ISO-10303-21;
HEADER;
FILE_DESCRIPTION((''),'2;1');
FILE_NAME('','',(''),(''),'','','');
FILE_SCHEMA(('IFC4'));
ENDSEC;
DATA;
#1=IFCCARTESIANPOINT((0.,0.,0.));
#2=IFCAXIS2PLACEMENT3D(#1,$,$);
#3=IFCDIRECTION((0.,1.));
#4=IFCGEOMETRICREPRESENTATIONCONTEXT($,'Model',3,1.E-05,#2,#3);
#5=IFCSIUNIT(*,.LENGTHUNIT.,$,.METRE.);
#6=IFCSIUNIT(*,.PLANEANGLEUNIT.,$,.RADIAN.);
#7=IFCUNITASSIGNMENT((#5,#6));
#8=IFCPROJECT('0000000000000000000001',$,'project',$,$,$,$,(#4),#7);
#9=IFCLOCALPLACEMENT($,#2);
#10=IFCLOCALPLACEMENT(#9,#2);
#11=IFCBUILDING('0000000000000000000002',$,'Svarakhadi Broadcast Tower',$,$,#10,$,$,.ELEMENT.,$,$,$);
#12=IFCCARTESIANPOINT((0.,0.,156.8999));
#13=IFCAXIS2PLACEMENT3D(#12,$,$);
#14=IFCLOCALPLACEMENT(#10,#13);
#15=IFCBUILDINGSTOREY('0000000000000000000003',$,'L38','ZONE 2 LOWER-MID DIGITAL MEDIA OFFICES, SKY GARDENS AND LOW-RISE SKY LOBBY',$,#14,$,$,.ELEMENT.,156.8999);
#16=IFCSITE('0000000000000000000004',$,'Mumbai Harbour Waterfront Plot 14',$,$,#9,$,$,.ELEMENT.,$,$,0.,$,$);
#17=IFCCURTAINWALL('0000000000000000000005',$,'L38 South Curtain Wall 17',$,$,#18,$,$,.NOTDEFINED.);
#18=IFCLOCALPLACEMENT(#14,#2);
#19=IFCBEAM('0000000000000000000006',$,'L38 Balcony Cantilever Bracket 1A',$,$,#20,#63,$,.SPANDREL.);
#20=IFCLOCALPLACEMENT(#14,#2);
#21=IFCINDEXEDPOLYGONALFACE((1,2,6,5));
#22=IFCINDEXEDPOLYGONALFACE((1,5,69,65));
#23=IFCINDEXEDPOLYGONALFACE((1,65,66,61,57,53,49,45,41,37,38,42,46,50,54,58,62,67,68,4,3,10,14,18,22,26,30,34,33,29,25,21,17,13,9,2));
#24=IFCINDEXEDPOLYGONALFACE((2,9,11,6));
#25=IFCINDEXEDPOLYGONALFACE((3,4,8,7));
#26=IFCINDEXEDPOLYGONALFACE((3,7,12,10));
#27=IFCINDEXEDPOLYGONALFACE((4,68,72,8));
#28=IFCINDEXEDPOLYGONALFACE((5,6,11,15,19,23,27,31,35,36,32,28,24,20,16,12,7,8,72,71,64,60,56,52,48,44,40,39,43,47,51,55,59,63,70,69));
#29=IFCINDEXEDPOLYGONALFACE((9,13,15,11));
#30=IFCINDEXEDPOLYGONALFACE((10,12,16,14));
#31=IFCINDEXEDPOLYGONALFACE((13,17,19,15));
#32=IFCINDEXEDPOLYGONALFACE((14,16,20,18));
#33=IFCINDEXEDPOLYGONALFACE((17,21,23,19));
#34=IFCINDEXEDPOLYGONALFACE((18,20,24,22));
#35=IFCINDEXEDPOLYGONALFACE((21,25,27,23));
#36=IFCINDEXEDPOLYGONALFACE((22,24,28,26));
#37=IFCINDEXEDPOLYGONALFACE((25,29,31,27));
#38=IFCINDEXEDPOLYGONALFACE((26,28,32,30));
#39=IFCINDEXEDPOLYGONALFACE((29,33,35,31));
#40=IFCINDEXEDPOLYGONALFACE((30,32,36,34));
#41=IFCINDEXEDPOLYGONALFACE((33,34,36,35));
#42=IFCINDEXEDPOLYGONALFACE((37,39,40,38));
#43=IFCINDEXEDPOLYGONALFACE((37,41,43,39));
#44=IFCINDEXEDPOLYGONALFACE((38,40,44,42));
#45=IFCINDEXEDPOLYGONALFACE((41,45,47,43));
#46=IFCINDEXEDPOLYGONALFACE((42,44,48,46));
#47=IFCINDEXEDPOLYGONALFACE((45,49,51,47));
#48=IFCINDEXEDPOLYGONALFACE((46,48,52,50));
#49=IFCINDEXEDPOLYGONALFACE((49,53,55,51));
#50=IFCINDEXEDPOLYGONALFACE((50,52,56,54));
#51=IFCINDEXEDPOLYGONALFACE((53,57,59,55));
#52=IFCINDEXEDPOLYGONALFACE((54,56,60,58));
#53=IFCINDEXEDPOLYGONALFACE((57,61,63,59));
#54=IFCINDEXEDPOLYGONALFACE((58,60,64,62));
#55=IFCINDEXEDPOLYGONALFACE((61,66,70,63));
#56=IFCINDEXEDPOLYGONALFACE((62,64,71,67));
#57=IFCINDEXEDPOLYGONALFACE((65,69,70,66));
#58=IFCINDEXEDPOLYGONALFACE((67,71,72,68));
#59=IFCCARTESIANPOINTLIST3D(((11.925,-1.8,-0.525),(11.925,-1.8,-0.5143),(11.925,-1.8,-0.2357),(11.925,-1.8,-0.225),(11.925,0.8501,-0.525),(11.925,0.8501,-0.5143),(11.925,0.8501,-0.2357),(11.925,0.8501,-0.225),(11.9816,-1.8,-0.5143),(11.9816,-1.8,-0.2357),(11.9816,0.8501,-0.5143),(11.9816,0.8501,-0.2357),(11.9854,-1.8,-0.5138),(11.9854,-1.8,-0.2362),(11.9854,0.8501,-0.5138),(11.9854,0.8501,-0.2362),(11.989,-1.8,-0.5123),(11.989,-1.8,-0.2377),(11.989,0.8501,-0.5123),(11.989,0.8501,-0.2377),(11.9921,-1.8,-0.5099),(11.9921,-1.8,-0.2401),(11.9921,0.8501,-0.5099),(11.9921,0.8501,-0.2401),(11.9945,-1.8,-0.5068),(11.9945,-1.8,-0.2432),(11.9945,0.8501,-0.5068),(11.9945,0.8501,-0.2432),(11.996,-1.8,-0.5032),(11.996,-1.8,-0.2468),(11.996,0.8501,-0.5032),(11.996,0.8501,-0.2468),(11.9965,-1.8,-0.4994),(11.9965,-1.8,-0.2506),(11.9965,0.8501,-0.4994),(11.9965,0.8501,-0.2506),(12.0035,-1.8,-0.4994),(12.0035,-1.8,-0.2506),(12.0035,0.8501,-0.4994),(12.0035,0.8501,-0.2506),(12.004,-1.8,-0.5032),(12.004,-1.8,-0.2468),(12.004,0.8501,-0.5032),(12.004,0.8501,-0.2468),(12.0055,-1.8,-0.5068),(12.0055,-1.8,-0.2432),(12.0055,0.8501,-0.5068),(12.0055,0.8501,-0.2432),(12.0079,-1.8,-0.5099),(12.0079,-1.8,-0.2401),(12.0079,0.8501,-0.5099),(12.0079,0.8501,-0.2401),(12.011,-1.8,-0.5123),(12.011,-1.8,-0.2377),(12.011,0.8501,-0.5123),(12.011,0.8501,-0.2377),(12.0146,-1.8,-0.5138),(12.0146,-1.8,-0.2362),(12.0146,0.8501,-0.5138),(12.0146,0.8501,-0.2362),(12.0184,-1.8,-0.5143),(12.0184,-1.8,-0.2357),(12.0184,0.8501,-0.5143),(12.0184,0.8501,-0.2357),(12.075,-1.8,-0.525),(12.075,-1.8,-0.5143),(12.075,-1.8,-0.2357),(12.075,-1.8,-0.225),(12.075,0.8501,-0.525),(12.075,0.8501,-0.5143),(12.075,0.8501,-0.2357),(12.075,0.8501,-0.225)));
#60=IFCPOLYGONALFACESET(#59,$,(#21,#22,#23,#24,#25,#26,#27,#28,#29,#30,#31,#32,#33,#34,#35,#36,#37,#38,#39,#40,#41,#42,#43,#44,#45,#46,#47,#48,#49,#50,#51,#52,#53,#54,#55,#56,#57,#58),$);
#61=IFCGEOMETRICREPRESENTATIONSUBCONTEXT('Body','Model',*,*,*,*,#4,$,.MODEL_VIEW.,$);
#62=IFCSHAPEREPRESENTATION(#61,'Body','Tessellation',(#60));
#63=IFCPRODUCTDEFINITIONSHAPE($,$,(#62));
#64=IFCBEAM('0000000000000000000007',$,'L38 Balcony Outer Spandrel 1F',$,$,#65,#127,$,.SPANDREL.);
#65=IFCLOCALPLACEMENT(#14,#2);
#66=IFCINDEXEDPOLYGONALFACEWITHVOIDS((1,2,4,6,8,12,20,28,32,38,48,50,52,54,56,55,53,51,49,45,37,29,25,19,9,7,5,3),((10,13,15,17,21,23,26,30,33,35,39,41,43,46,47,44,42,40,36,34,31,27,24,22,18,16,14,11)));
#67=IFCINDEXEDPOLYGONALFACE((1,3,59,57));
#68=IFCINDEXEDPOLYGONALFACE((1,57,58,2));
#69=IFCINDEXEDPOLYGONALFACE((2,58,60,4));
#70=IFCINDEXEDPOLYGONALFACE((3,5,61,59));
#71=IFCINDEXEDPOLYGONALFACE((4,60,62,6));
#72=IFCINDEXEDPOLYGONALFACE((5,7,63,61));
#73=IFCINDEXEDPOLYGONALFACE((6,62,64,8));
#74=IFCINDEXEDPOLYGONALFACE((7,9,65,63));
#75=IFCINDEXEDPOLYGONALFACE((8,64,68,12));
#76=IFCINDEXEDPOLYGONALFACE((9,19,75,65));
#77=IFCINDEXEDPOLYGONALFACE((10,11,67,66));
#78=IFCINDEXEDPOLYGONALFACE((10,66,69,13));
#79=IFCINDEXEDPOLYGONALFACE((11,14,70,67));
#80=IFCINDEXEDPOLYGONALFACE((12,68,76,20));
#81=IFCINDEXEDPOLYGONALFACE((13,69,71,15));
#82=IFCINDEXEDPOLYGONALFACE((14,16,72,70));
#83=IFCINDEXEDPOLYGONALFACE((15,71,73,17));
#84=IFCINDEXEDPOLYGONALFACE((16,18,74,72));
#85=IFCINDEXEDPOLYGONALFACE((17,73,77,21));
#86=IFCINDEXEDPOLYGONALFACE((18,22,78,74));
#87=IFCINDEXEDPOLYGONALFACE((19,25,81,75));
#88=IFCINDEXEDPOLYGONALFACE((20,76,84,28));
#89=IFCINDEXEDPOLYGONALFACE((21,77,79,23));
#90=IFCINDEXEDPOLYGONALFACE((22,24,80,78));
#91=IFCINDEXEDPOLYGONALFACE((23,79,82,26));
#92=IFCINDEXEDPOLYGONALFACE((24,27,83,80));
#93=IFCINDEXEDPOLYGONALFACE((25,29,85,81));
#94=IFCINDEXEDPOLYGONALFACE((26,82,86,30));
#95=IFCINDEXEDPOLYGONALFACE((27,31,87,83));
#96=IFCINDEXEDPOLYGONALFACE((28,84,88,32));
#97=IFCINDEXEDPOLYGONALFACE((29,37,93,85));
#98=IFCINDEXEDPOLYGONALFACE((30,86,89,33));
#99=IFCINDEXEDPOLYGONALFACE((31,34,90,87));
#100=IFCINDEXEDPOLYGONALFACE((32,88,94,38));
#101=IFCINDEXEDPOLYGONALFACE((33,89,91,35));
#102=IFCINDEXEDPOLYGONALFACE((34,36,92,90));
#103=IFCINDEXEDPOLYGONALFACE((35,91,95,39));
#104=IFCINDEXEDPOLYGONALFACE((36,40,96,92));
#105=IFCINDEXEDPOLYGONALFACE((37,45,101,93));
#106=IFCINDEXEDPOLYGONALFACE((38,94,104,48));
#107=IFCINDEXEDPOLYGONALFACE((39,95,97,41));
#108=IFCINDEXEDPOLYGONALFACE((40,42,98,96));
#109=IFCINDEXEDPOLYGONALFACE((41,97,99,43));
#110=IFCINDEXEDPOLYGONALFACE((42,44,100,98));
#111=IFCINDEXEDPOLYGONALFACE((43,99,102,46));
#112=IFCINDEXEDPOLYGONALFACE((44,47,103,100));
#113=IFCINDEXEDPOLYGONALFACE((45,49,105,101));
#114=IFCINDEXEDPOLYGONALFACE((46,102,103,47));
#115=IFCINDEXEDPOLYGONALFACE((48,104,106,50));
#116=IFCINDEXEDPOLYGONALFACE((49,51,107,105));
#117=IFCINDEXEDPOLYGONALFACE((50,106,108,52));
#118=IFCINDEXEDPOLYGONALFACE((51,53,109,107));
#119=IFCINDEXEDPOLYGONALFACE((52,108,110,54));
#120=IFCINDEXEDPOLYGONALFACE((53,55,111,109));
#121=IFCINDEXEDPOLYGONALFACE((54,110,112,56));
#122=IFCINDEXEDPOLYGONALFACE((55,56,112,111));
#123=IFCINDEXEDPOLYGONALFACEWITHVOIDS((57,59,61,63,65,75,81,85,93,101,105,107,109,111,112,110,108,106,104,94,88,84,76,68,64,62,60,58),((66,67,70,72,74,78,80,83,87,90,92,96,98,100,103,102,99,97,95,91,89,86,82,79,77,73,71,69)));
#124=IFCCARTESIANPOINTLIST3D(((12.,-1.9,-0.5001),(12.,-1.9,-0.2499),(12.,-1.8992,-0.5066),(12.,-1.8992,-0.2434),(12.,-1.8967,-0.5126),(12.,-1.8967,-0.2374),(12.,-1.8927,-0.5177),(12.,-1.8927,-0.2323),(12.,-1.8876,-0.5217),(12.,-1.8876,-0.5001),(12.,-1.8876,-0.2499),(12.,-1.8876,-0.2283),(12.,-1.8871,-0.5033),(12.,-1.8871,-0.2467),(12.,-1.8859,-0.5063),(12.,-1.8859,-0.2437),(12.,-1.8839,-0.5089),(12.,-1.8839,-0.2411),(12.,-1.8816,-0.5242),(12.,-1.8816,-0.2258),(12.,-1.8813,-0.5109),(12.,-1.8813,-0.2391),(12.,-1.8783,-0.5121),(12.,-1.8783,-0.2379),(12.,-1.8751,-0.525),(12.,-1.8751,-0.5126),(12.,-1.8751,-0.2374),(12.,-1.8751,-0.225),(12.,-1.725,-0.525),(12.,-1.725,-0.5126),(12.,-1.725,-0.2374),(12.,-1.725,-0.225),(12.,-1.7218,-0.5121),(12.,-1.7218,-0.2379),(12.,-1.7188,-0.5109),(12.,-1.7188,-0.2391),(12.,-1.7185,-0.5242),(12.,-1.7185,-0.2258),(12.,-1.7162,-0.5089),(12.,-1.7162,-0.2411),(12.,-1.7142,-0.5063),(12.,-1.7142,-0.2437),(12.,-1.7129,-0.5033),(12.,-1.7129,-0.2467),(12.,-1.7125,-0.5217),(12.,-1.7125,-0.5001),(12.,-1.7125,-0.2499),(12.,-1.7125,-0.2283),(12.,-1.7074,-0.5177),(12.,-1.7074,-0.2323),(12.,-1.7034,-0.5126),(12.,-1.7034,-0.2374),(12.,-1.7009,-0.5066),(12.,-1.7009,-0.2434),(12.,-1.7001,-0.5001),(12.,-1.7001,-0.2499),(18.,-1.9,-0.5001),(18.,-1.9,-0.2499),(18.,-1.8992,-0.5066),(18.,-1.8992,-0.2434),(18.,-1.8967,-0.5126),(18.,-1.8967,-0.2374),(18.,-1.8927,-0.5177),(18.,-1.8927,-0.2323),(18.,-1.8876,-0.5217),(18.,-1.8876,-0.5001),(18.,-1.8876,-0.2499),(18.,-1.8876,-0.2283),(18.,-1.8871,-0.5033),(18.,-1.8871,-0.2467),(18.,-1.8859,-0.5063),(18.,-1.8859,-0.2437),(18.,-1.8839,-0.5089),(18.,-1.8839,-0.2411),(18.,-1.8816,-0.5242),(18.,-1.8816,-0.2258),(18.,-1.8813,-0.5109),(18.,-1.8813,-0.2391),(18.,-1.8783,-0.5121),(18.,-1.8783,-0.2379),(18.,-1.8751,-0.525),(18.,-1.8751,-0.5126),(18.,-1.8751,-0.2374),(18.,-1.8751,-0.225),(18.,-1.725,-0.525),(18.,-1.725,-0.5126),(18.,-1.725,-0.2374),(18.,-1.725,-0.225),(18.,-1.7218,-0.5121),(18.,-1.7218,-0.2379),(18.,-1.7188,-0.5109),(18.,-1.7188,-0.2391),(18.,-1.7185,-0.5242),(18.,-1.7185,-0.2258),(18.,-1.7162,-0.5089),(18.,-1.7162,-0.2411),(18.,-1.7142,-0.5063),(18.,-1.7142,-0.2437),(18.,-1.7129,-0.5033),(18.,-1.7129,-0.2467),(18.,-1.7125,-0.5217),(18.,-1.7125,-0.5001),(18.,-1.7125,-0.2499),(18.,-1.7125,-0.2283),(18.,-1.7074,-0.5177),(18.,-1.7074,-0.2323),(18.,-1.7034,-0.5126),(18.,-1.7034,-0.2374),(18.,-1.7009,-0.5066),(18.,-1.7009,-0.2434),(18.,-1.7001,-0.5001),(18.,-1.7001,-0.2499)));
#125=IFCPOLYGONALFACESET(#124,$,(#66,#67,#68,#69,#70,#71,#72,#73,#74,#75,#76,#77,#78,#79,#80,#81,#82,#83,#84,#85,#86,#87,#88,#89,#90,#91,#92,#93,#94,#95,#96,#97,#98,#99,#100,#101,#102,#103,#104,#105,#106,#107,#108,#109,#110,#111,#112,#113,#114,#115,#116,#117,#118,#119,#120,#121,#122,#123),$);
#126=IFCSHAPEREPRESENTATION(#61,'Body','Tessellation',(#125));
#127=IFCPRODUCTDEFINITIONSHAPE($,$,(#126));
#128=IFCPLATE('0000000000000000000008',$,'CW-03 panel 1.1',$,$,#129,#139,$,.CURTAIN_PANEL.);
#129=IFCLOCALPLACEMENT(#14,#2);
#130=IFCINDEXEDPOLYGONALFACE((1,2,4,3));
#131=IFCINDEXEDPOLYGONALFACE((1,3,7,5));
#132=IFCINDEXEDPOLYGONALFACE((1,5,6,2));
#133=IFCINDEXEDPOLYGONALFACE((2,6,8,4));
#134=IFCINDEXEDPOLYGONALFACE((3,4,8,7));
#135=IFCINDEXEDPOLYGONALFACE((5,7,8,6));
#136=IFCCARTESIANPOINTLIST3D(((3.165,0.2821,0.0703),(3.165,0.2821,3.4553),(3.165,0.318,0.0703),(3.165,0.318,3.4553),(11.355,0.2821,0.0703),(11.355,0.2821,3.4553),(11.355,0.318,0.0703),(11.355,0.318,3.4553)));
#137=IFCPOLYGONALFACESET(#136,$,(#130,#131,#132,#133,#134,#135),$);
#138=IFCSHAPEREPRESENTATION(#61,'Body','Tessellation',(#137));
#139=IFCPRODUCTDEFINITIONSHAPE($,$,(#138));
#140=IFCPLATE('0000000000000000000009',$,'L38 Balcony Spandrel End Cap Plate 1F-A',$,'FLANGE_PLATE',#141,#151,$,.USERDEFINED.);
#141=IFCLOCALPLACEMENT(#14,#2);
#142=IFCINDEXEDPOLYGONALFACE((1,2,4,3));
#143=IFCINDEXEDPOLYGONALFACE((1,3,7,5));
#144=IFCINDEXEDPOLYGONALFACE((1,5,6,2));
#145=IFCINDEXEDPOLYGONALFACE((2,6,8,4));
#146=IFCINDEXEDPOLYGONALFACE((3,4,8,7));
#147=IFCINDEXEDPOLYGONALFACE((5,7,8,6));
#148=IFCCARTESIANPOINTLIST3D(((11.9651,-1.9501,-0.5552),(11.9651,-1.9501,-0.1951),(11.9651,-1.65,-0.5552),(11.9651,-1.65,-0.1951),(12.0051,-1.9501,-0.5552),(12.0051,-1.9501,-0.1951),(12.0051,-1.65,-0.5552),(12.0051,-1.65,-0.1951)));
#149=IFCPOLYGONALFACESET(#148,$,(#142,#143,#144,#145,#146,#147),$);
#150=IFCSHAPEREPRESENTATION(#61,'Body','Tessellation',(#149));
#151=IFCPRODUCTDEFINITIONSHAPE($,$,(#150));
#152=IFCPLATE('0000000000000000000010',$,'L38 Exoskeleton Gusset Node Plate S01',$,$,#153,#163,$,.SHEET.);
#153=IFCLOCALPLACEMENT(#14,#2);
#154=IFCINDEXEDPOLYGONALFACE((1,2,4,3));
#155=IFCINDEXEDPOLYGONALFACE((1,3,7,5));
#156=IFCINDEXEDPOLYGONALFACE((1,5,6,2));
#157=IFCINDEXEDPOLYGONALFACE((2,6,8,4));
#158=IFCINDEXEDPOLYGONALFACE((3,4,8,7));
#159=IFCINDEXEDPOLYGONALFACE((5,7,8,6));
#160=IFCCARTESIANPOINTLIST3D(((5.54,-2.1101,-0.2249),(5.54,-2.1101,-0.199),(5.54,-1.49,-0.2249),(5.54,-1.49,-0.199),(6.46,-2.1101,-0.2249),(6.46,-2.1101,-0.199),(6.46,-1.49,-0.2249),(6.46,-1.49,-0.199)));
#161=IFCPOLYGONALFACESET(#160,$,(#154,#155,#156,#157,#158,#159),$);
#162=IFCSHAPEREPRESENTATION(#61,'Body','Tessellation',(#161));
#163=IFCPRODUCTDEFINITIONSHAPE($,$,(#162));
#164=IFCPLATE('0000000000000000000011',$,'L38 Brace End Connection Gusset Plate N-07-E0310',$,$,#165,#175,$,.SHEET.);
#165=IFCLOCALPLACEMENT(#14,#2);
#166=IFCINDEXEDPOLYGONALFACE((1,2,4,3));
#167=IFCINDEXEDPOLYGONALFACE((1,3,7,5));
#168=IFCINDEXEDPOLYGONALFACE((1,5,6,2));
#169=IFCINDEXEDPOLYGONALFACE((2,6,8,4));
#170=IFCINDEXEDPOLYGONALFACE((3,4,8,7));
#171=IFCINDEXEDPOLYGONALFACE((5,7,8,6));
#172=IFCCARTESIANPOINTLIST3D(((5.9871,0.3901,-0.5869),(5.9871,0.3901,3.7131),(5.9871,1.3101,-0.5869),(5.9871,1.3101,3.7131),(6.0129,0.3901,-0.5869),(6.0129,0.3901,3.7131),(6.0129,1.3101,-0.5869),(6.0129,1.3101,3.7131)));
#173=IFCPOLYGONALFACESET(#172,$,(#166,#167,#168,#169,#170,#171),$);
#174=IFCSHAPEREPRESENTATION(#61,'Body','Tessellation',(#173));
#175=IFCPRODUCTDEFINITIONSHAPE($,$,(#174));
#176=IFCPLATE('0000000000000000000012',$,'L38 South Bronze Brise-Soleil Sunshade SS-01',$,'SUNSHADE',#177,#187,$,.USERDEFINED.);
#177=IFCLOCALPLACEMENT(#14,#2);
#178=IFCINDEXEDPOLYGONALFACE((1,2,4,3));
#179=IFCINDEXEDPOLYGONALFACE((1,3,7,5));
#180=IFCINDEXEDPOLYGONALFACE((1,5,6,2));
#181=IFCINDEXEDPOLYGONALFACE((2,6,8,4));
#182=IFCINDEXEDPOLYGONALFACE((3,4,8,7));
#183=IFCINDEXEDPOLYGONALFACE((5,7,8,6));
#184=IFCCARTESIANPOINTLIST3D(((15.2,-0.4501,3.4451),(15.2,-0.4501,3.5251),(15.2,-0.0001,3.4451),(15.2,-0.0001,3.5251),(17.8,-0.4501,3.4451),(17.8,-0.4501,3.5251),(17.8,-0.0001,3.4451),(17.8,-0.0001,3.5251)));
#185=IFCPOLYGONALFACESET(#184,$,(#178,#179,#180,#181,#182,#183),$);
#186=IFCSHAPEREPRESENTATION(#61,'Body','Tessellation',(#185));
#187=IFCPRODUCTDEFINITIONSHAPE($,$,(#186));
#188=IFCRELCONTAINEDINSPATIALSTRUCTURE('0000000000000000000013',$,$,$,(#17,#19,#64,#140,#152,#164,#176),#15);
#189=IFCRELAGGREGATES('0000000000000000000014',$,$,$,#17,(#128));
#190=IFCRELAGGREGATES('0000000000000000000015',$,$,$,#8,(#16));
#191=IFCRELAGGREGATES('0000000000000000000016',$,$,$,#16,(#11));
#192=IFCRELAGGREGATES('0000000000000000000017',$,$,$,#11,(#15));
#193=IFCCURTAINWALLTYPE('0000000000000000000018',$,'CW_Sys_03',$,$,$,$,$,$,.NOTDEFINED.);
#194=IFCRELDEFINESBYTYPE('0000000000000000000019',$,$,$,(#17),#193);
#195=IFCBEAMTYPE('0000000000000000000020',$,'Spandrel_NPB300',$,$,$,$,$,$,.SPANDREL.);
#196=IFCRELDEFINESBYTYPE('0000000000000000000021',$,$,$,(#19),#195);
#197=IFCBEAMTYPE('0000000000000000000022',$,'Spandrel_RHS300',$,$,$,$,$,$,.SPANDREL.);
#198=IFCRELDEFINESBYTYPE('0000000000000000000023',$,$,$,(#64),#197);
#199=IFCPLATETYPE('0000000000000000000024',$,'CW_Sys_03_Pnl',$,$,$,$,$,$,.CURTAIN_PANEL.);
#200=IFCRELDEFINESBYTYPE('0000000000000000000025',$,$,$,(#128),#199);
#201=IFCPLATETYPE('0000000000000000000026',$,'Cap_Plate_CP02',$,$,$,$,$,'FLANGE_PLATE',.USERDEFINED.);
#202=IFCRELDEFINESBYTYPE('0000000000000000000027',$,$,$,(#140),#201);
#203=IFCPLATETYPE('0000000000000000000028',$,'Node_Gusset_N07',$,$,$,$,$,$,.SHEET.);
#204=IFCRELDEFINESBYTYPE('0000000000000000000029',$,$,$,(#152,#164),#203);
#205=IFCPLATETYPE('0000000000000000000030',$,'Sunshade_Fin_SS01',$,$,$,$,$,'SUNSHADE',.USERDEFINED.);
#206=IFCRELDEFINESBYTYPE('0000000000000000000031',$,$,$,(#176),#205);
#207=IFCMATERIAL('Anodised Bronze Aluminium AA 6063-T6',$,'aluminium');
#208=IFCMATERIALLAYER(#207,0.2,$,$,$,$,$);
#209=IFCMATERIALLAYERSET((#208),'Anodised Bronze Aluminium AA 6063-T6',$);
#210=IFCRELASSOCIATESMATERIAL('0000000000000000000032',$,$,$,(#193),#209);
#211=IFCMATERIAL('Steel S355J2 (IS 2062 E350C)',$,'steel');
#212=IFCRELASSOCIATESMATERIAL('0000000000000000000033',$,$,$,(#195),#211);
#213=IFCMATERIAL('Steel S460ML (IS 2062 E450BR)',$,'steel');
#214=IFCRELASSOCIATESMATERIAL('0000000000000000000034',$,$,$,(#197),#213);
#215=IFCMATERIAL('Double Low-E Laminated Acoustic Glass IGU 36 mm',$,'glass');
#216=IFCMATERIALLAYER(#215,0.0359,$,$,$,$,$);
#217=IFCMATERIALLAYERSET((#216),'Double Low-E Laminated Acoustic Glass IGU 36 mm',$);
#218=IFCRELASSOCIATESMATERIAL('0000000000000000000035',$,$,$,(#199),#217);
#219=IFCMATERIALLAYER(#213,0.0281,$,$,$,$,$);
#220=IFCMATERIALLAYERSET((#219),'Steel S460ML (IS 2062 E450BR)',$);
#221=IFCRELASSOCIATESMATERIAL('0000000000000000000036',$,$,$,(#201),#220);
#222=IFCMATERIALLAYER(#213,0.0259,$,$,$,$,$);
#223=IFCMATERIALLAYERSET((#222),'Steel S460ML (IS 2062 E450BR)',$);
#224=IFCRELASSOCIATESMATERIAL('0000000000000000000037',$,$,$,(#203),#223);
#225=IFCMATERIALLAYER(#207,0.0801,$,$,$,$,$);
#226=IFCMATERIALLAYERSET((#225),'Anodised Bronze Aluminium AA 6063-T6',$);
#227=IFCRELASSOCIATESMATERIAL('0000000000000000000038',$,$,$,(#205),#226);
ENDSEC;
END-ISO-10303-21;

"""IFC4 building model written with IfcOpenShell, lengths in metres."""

from ifc_helpers import new_model, si_unit, direction, frame, origin, origin_2d, place, context, subcontext, project, spatial, rectangle, hollow_rectangle, i_section, extrude, material, layer, layer_set, material_profile, profile_set, type_object, element, aggregate, save


model = new_model("IFC4")

# Units and contexts
model_context = context("Model", 3, precision=1e-05, world=origin(), true_north=direction((0.0, 1.0)))
body_context = subcontext(model_context, "Body", "Model", "MODEL_VIEW")
ifc_project = project(units=[si_unit("LENGTHUNIT", "METRE"), si_unit("PLANEANGLEUNIT", "RADIAN")], contexts=[model_context])

# Site, building, storey
site_placement = place(None, origin())
site = spatial("IfcSite", under=ifc_project, at=site_placement, Name="Mumbai Harbour Waterfront Plot 14", CompositionType="ELEMENT", RefElevation=0.0)
building_placement = place(site_placement, origin())
building = spatial("IfcBuilding", under=site, at=building_placement, Name="Svarakhadi Broadcast Tower", CompositionType="ELEMENT")
storey_placement = place(building_placement, frame((0.0, 0.0, 156.8999)))
storey = spatial("IfcBuildingStorey", under=building, at=storey_placement, Name="L38", Description="ZONE 2 LOWER-MID DIGITAL MEDIA OFFICES, SKY GARDENS AND LOW-RISE SKY LOBBY", CompositionType="ELEMENT", Elevation=156.8999)

# Shared definitions
ifc_material_1 = material(Name="Steel S460ML (IS 2062 E450BR)", Category="steel")

# Shared definitions
ifc_material_2 = material(Name="Steel S355J2 (IS 2062 E350C)", Category="steel")

# Curtain wall
ifc_material_3 = material(Name="Anodised Bronze Aluminium AA 6063-T6", Category="aluminium")
ifc_layer_1 = layer(ifc_material_3, 0.2)
ifc_layer_set_1 = layer_set([ifc_layer_1], Name="Anodised Bronze Aluminium AA 6063-T6")
curtain_wall_type = type_object("IfcCurtainWallType", Name="CW_Sys_03", PredefinedType="NOTDEFINED", material=ifc_layer_set_1)
curtain_wall_placement = place(storey_placement, origin())
curtain_wall = element("IfcCurtainWall", 1, at=curtain_wall_placement, inside=storey, type_object=curtain_wall_type, Name="L38 South Curtain Wall 17", PredefinedType="NOTDEFINED")

# Beams
ifc_material_profile_1 = material_profile(ifc_material_2, i_section(OverallWidth=0.1499, OverallDepth=0.3, WebThickness=0.0071, FlangeThickness=0.0107, FilletRadius=0.0149, at=origin_2d()), Name="NPB 300x150x37")
ifc_profile_set_1 = profile_set([ifc_material_profile_1], Name="Steel S355J2 (IS 2062 E350C)")
beam_type_1 = type_object("IfcBeamType", Name="Spandrel_NPB300", PredefinedType="SPANDREL", material=ifc_profile_set_1)
beam_1_placement = place(storey_placement, frame((12.0, 0.8501, -0.375), z_axis=(0.0, -1.0, 0.0), x_axis=(1.0, 0.0, 0.0)))
element("IfcBeam", 2, at=beam_1_placement, inside=storey, type_object=beam_type_1, Name="L38 Balcony Cantilever Bracket 1A", PredefinedType="SPANDREL", context=body_context, shape_type="SweptSolid", body=[
    extrude(i_section(OverallWidth=0.1499, OverallDepth=0.3, WebThickness=0.0071, FlangeThickness=0.0107, FilletRadius=0.0149, at=origin_2d()), origin(), (0.0, 0.0, 1.0), 2.6501),
])
ifc_material_profile_2 = material_profile(ifc_material_1, hollow_rectangle(XDim=0.2, YDim=0.3, WallThickness=0.0125, InnerFilletRadius=0.0125, OuterFilletRadius=0.0249, at=origin_2d()), Name="RHS 300x200x12.5")
ifc_profile_set_2 = profile_set([ifc_material_profile_2], Name="Steel S460ML (IS 2062 E450BR)")
beam_type_2 = type_object("IfcBeamType", Name="Spandrel_RHS300", PredefinedType="SPANDREL", material=ifc_profile_set_2)
beam_2_placement = place(storey_placement, frame((12.0, -1.8, -0.375), z_axis=(1.0, 0.0, 0.0), x_axis=(0.0, 1.0, 0.0)))
element("IfcBeam", 3, at=beam_2_placement, inside=storey, type_object=beam_type_2, Name="L38 Balcony Outer Spandrel 1F", PredefinedType="SPANDREL", context=body_context, shape_type="SweptSolid", body=[
    extrude(hollow_rectangle(XDim=0.2, YDim=0.3, WallThickness=0.0125, InnerFilletRadius=0.0125, OuterFilletRadius=0.0249, at=origin_2d()), origin(), (0.0, 0.0, 1.0), 6.0),
])

# Plate
ifc_material_4 = material(Name="Double Low-E Laminated Acoustic Glass IGU 36 mm", Category="glass")
ifc_layer_2 = layer(ifc_material_4, 0.0359)
ifc_layer_set_2 = layer_set([ifc_layer_2], Name="Double Low-E Laminated Acoustic Glass IGU 36 mm")
plate_type_1 = type_object("IfcPlateType", Name="CW_Sys_03_Pnl", PredefinedType="CURTAIN_PANEL", material=ifc_layer_set_2)
plate_1_placement = place(storey_placement, frame((7.26, 0.3, 0.0703), z_axis=(0.0, 0.0, 1.0), x_axis=(-1.0, 0.0, 0.0)))
plate_1 = element("IfcPlate", 4, at=plate_1_placement, type_object=plate_type_1, Name="CW-03 panel 1.1", PredefinedType="CURTAIN_PANEL", context=body_context, shape_type="SweptSolid", body=[
    extrude(rectangle(XDim=8.1899, YDim=0.0359, at=origin_2d()), origin(), (0.0, 0.0, 1.0), 3.385),
])
aggregate(curtain_wall, [plate_1])

# Plates
ifc_layer_3 = layer(ifc_material_1, 0.0281)
ifc_layer_set_3 = layer_set([ifc_layer_3], Name="Steel S460ML (IS 2062 E450BR)")
plate_type_2 = type_object("IfcPlateType", Name="Cap_Plate_CP02", ElementType="FLANGE_PLATE", PredefinedType="USERDEFINED", material=ifc_layer_set_3)
plate_2_placement = place(storey_placement, frame((11.9851, -1.8, -0.5552), z_axis=(0.0, 0.0, 1.0), x_axis=(1.0, 0.0, 0.0)))
element("IfcPlate", 5, at=plate_2_placement, inside=storey, type_object=plate_type_2, Name="L38 Balcony Spandrel End Cap Plate 1F-A", ObjectType="FLANGE_PLATE", PredefinedType="USERDEFINED", context=body_context, shape_type="SweptSolid", body=[
    extrude(rectangle(XDim=0.04, YDim=0.3, at=origin_2d()), origin(), (0.0, 0.0, 1.0), 0.3601),
])
ifc_layer_4 = layer(ifc_material_1, 0.0259)
ifc_layer_set_4 = layer_set([ifc_layer_4], Name="Steel S460ML (IS 2062 E450BR)")
plate_type_3 = type_object("IfcPlateType", Name="Node_Gusset_N07", PredefinedType="SHEET", material=ifc_layer_set_4)
plate_3_placement = place(storey_placement, frame((6.0, -1.8, -0.2249), z_axis=(0.0, 0.0, 1.0), x_axis=(1.0, 0.0, 0.0)))
element("IfcPlate", 6, at=plate_3_placement, inside=storey, type_object=plate_type_3, Name="L38 Exoskeleton Gusset Node Plate S01", PredefinedType="SHEET", context=body_context, shape_type="SweptSolid", body=[
    extrude(rectangle(XDim=0.9199, YDim=0.6201, at=origin_2d()), origin(), (0.0, 0.0, 1.0), 0.0259),
])
plate_4_placement = place(storey_placement, frame((6.0, 0.8501, -0.5869), z_axis=(0.0, 0.0, 1.0), x_axis=(0.0, 1.0, 0.0)))
element("IfcPlate", 7, at=plate_4_placement, inside=storey, type_object=plate_type_3, Name="L38 Brace End Connection Gusset Plate N-07-E0310", PredefinedType="SHEET", context=body_context, shape_type="SweptSolid", body=[
    extrude(rectangle(XDim=0.9199, YDim=0.0259, at=origin_2d()), origin(), (0.0, 0.0, 1.0), 4.3),
])
ifc_layer_5 = layer(ifc_material_3, 0.0801)
ifc_layer_set_5 = layer_set([ifc_layer_5], Name="Anodised Bronze Aluminium AA 6063-T6")
plate_type_4 = type_object("IfcPlateType", Name="Sunshade_Fin_SS01", ElementType="SUNSHADE", PredefinedType="USERDEFINED", material=ifc_layer_set_5)
plate_5_placement = place(storey_placement, frame((16.5, -0.2251, 3.4451), z_axis=(0.0, 0.0, 1.0), x_axis=(1.0, 0.0, 0.0)))
element("IfcPlate", 8, at=plate_5_placement, inside=storey, type_object=plate_type_4, Name="L38 South Bronze Brise-Soleil Sunshade SS-01", ObjectType="SUNSHADE", PredefinedType="USERDEFINED", context=body_context, shape_type="SweptSolid", body=[
    extrude(rectangle(XDim=2.6001, YDim=0.45, at=origin_2d()), origin(), (0.0, 0.0, 1.0), 0.0801),
])

save(model, "model.ifc")
